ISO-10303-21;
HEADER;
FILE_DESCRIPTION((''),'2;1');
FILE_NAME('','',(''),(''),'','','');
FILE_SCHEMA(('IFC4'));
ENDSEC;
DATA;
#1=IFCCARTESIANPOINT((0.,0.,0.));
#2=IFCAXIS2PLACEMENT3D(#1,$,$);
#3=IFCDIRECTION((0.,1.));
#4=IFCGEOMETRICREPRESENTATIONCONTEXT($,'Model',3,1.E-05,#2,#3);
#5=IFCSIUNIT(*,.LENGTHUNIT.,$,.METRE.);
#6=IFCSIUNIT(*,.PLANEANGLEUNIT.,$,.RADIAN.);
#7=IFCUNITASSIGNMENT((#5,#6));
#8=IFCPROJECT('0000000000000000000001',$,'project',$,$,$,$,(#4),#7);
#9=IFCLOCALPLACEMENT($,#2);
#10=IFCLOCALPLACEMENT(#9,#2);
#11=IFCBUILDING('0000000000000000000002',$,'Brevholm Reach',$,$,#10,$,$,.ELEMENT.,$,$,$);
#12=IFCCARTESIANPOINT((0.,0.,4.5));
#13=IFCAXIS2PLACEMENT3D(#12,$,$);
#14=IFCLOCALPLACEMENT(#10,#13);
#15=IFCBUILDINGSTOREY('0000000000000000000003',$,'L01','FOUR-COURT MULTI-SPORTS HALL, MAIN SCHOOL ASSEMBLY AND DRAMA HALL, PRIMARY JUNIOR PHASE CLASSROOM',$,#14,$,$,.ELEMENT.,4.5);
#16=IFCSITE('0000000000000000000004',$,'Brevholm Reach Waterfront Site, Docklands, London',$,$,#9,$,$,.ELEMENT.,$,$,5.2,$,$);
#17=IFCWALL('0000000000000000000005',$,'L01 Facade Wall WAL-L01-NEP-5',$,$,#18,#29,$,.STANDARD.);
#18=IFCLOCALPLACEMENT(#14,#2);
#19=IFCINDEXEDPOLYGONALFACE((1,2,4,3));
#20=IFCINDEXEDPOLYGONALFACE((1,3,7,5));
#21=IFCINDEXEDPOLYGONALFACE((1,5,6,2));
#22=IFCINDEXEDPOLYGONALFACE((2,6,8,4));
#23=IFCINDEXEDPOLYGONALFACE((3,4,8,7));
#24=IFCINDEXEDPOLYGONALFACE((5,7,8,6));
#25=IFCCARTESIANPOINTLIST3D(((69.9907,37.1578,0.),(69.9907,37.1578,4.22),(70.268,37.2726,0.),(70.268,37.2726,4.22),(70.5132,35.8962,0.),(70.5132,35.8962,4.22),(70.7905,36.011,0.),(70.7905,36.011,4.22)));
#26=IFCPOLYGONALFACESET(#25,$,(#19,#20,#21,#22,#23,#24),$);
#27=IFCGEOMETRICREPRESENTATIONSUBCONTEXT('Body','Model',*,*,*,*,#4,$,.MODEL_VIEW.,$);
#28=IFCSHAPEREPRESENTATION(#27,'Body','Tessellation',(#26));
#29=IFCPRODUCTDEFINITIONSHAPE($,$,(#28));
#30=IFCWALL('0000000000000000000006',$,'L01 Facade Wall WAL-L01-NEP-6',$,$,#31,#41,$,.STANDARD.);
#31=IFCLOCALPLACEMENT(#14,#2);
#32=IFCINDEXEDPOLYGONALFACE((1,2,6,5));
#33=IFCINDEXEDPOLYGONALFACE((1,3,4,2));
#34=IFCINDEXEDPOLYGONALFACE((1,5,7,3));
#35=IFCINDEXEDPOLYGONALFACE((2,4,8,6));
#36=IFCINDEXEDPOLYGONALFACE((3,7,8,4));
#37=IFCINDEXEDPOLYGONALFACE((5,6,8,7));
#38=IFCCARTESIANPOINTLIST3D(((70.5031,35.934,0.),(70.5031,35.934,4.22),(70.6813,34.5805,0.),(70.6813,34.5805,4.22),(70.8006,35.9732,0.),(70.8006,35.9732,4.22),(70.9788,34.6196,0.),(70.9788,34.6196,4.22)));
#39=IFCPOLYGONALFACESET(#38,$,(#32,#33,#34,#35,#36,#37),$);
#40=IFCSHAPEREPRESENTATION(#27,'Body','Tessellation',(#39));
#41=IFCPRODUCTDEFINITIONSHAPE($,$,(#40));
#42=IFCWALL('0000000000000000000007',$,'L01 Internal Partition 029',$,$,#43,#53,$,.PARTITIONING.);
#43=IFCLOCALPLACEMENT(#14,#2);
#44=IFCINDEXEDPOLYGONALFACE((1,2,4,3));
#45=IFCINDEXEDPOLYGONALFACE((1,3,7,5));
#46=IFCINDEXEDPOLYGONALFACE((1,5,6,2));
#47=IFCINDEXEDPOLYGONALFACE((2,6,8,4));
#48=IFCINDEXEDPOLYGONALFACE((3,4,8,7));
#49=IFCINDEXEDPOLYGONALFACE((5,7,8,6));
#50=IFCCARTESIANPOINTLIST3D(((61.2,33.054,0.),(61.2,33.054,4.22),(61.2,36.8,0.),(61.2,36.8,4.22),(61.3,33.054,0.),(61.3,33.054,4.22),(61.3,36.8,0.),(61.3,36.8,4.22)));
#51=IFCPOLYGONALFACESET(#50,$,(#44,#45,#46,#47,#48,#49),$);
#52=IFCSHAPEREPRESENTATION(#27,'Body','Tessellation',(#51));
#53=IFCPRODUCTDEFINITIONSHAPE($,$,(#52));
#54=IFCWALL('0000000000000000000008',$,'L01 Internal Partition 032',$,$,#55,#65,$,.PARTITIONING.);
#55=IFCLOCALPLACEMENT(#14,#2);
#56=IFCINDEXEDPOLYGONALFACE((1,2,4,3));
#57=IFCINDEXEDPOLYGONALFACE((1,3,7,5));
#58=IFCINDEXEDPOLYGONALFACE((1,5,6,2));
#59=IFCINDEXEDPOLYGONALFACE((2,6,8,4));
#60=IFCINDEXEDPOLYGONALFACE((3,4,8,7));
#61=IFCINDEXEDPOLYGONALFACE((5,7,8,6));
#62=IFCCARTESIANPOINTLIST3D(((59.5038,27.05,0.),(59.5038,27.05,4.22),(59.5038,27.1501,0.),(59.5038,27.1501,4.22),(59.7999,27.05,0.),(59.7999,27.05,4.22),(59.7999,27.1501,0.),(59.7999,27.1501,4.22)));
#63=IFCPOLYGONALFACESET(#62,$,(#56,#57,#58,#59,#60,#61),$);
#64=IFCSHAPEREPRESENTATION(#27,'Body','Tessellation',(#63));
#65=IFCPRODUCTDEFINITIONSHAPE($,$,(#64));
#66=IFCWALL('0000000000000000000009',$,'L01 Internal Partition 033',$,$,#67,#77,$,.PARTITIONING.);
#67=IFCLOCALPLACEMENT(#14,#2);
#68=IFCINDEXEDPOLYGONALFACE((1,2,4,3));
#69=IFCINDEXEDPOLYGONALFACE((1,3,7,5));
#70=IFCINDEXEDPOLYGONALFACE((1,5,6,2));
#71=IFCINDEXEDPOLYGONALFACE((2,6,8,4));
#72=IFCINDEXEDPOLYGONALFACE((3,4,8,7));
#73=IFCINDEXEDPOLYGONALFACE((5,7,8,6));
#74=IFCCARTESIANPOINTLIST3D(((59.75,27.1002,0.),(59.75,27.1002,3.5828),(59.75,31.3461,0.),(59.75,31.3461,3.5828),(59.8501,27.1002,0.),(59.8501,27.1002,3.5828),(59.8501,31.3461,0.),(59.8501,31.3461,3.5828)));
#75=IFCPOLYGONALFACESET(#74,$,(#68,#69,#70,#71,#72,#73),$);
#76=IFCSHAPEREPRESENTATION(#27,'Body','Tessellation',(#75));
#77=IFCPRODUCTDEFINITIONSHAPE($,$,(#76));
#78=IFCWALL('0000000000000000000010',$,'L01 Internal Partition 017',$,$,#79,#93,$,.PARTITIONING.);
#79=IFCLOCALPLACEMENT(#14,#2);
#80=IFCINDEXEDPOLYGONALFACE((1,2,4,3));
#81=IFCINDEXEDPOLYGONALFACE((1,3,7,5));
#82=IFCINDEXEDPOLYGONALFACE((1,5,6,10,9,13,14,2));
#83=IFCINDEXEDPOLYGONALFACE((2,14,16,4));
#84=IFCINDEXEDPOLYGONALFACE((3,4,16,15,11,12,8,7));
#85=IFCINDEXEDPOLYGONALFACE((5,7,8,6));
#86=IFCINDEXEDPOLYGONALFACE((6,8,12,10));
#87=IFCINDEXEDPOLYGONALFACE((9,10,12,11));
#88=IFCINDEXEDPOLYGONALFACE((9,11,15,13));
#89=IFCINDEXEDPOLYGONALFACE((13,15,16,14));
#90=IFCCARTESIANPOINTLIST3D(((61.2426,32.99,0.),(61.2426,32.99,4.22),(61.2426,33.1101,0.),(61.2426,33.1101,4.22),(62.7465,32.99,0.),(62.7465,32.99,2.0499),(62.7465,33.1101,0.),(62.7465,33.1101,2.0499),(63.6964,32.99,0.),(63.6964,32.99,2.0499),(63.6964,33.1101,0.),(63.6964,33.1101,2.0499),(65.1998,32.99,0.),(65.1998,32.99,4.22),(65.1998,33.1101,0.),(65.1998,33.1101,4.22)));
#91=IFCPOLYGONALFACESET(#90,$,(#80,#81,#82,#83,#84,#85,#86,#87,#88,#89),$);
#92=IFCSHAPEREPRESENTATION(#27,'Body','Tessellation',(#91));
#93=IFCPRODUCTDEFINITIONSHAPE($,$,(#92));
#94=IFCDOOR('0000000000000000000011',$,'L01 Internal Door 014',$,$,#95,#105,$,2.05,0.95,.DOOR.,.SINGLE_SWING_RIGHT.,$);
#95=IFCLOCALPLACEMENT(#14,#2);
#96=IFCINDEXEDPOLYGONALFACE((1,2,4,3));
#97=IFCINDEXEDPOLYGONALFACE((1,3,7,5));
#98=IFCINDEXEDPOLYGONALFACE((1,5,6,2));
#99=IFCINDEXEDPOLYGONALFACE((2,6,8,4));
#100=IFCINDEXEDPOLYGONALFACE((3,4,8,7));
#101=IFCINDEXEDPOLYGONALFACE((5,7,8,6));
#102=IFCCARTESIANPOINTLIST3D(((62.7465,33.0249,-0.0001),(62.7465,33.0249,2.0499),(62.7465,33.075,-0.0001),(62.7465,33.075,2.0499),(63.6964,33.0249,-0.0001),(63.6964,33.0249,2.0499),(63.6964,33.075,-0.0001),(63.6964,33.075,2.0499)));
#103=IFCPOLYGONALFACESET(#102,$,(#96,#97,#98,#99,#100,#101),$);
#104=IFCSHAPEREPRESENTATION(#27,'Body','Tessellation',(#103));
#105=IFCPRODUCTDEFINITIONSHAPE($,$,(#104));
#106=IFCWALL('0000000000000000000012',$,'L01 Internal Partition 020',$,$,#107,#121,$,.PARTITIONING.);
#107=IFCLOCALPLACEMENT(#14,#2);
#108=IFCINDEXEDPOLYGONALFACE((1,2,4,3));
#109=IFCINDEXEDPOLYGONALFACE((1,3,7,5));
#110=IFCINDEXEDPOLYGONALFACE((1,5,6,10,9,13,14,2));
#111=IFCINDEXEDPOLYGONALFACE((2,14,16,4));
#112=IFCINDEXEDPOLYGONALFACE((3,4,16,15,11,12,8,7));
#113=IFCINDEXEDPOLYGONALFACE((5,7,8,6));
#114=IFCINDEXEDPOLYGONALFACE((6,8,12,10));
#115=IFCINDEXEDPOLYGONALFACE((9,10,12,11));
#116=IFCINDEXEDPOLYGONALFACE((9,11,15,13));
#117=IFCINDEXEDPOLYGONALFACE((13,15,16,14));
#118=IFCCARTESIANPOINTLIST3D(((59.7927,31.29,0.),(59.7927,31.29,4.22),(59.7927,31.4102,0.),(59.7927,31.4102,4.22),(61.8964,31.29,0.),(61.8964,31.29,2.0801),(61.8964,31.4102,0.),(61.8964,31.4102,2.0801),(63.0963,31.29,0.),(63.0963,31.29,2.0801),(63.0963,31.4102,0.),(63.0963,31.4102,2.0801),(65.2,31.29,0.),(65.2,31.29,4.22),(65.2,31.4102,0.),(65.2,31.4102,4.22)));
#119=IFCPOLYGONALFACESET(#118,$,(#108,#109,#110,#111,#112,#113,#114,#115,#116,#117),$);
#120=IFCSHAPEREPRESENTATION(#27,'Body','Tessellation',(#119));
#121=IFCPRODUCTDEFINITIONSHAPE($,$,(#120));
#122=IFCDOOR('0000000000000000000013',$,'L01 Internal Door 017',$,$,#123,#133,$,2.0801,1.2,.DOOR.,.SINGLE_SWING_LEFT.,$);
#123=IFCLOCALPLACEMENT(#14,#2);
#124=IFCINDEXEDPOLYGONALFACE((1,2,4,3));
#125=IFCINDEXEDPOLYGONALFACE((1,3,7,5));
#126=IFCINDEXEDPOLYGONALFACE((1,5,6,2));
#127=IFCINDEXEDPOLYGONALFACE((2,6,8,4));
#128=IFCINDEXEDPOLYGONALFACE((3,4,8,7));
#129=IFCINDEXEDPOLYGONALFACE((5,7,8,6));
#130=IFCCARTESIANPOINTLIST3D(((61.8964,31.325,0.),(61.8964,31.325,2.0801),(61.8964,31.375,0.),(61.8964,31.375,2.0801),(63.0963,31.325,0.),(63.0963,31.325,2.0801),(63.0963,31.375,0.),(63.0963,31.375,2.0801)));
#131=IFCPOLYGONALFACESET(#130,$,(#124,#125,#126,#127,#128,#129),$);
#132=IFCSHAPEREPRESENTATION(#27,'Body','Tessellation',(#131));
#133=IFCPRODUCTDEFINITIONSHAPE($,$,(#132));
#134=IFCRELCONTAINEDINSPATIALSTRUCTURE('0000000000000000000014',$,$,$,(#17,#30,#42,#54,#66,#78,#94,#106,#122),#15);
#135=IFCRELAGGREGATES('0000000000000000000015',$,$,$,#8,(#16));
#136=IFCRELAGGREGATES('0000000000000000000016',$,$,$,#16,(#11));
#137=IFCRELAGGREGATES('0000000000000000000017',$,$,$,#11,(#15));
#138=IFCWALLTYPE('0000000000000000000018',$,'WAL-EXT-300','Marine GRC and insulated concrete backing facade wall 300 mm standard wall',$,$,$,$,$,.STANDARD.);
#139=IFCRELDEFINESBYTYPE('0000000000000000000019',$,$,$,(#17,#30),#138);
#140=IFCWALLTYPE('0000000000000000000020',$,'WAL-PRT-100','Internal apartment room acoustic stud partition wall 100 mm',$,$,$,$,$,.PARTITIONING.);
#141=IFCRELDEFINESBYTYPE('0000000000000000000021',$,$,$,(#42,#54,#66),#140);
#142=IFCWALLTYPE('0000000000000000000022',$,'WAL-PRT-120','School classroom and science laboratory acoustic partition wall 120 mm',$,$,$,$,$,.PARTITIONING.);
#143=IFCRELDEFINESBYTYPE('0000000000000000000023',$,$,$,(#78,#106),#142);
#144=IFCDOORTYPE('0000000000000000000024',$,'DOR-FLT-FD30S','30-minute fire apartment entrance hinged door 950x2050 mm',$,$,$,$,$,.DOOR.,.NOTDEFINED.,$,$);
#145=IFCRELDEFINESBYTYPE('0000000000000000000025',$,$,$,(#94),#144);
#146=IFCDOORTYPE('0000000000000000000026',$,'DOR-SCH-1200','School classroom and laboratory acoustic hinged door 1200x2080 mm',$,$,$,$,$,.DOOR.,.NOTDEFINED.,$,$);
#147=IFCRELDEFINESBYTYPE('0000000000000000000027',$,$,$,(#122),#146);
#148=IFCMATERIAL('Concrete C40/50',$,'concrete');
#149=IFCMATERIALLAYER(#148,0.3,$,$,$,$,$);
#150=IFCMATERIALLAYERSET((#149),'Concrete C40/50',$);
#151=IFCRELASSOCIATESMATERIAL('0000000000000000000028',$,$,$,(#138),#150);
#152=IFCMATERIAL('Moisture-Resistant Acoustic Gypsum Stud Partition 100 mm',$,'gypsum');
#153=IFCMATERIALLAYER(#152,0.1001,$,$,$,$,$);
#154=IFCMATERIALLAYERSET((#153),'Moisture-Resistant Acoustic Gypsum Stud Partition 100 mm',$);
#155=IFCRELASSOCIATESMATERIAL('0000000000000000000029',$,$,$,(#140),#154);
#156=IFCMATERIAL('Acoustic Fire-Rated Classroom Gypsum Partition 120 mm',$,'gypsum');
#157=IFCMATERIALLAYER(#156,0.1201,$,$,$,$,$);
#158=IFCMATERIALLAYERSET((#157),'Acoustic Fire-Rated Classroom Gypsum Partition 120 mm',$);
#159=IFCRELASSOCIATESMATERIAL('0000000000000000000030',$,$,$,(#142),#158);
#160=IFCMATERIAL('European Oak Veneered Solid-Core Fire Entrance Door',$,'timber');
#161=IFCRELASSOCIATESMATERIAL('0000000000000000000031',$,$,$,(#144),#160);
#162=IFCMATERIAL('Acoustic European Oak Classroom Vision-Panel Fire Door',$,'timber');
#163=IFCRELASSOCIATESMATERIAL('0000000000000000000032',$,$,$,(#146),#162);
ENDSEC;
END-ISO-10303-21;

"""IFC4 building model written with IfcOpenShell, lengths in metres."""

from ifc_helpers import new_model, si_unit, direction, frame, frame_2d, origin, place, context, subcontext, project, spatial, rectangle, extrude, material, layer, layer_set, type_object, element, fill, save


model = new_model("IFC4")

# Units and contexts
model_context = context("Model", 3, precision=1e-05, world=origin(), true_north=direction((0.0, 1.0)))
body_context = subcontext(model_context, "Body", "Model", "MODEL_VIEW")
ifc_project = project(units=[si_unit("LENGTHUNIT", "METRE"), si_unit("PLANEANGLEUNIT", "RADIAN")], contexts=[model_context])

# Site, building, storey
site_placement = place(None, origin())
site = spatial("IfcSite", under=ifc_project, at=site_placement, Name="Brevholm Reach Waterfront Site, Docklands, London", CompositionType="ELEMENT", RefElevation=5.2)
building_placement = place(site_placement, origin())
building = spatial("IfcBuilding", under=site, at=building_placement, Name="Brevholm Reach", CompositionType="ELEMENT")
storey_placement = place(building_placement, frame((0.0, 0.0, 4.5)))
storey = spatial("IfcBuildingStorey", under=building, at=storey_placement, Name="L01", Description="FOUR-COURT MULTI-SPORTS HALL, MAIN SCHOOL ASSEMBLY AND DRAMA HALL, PRIMARY JUNIOR PHASE CLASSROOM", CompositionType="ELEMENT", Elevation=4.5)

# Walls
ifc_material_1 = material(Name="Concrete C40/50", Category="concrete")
ifc_layer_1 = layer(ifc_material_1, 0.3)
ifc_layer_set_1 = layer_set([ifc_layer_1], Name="Concrete C40/50")
wall_type_1 = type_object("IfcWallType", Name="WAL-EXT-300", Description="Marine GRC and insulated concrete backing facade wall 300 mm standard wall", PredefinedType="STANDARD", material=ifc_layer_set_1)
wall_1_placement = place(storey_placement, frame((70.1294, 37.2151, 0.0), z_axis=(0.0, 0.0, 1.0), x_axis=(0.382647, -0.923895, 0.0)))
element("IfcWall", 1, at=wall_1_placement, inside=storey, type_object=wall_type_1, Name="L01 Facade Wall WAL-L01-NEP-5", PredefinedType="STANDARD", context=body_context, shape_type="SweptSolid", body=[
    extrude(rectangle(XDim=1.3655, YDim=0.3, at=frame_2d((0.6826, 0.0))), origin(), (0.0, 0.0, 1.0), 4.22),
])
wall_2_placement = place(storey_placement, frame((70.6519, 35.9536, 0.0), z_axis=(0.0, 0.0, 1.0), x_axis=(0.130547, -0.991442, 0.0)))
element("IfcWall", 2, at=wall_2_placement, inside=storey, type_object=wall_type_1, Name="L01 Facade Wall WAL-L01-NEP-6", PredefinedType="STANDARD", context=body_context, shape_type="SweptSolid", body=[
    extrude(rectangle(XDim=1.3652, YDim=0.3, at=frame_2d((0.6826, 0.0))), origin(), (0.0, 0.0, 1.0), 4.22),
])
ifc_material_2 = material(Name="Moisture-Resistant Acoustic Gypsum Stud Partition 100 mm", Category="gypsum")
ifc_layer_2 = layer(ifc_material_2, 0.1001)
ifc_layer_set_2 = layer_set([ifc_layer_2], Name="Moisture-Resistant Acoustic Gypsum Stud Partition 100 mm")
wall_type_2 = type_object("IfcWallType", Name="WAL-PRT-100", Description="Internal apartment room acoustic stud partition wall 100 mm", PredefinedType="PARTITIONING", material=ifc_layer_set_2)
wall_3_placement = place(storey_placement, frame((61.25, 33.054, 0.0), z_axis=(0.0, 0.0, 1.0), x_axis=(0.0, 1.0, 0.0)))
element("IfcWall", 3, at=wall_3_placement, inside=storey, type_object=wall_type_2, Name="L01 Internal Partition 029", PredefinedType="PARTITIONING", context=body_context, shape_type="SweptSolid", body=[
    extrude(rectangle(XDim=3.7461, YDim=0.1001, at=frame_2d((1.873, 0.0))), origin(), (0.0, 0.0, 1.0), 4.22),
])
wall_4_placement = place(storey_placement, frame((59.5039, 27.1001, 0.0), z_axis=(0.0, 0.0, 1.0), x_axis=(1.0, 0.0, 0.0)))
element("IfcWall", 4, at=wall_4_placement, inside=storey, type_object=wall_type_2, Name="L01 Internal Partition 032", PredefinedType="PARTITIONING", context=body_context, shape_type="SweptSolid", body=[
    extrude(rectangle(XDim=0.2961, YDim=0.1001, at=frame_2d((0.1479, 0.0))), origin(), (0.0, 0.0, 1.0), 4.22),
])
wall_5_placement = place(storey_placement, frame((59.8, 27.1001, 0.0), z_axis=(0.0, 0.0, 1.0), x_axis=(0.0, 1.0, 0.0)))
element("IfcWall", 5, at=wall_5_placement, inside=storey, type_object=wall_type_2, Name="L01 Internal Partition 033", PredefinedType="PARTITIONING", context=body_context, shape_type="SweptSolid", body=[
    extrude(rectangle(XDim=4.2458, YDim=0.1001, at=frame_2d((2.123, 0.0))), origin(), (0.0, 0.0, 1.0), 3.5828),
])

# Walls, openings, doors
ifc_material_3 = material(Name="Acoustic Fire-Rated Classroom Gypsum Partition 120 mm", Category="gypsum")
ifc_layer_3 = layer(ifc_material_3, 0.1201)
ifc_layer_set_3 = layer_set([ifc_layer_3], Name="Acoustic Fire-Rated Classroom Gypsum Partition 120 mm")
wall_type_3 = type_object("IfcWallType", Name="WAL-PRT-120", Description="School classroom and science laboratory acoustic partition wall 120 mm", PredefinedType="PARTITIONING", material=ifc_layer_set_3)
wall_6_placement = place(storey_placement, frame((61.2427, 33.05, 0.0), z_axis=(0.0, 0.0, 1.0), x_axis=(1.0, 0.0, 0.0)))
wall_6 = element("IfcWall", 6, at=wall_6_placement, inside=storey, type_object=wall_type_3, Name="L01 Internal Partition 017", PredefinedType="PARTITIONING", context=body_context, shape_type="SweptSolid", body=[
    extrude(rectangle(XDim=3.9573, YDim=0.1201, at=frame_2d((1.9785, 0.0))), origin(), (0.0, 0.0, 1.0), 4.22),
])
opening_1_placement = place(wall_6_placement, frame((1.5037, 0.0, 0.0)))
opening_1 = element("IfcOpeningElement", 7, at=opening_1_placement, cuts=wall_6, PredefinedType="OPENING", context=body_context, shape_type="SweptSolid", body=[
    extrude(rectangle(XDim=0.95, YDim=2.05, at=frame_2d((0.4751, 1.0249))), frame((0.0, 0.0701, 0.0), z_axis=(0.0, -1.0, 0.0), x_axis=(1.0, 0.0, 0.0)), (0.0, 0.0, 1.0), 0.1401),
])
ifc_material_4 = material(Name="European Oak Veneered Solid-Core Fire Entrance Door", Category="timber")
door_type_1 = type_object("IfcDoorType", Name="DOR-FLT-FD30S", Description="30-minute fire apartment entrance hinged door 950x2050 mm", OperationType="NOTDEFINED", PredefinedType="DOOR", material=ifc_material_4)
door_1_placement = place(opening_1_placement, origin())
door_1 = element("IfcDoor", 8, at=door_1_placement, inside=storey, type_object=door_type_1, Name="L01 Internal Door 014", OperationType="SINGLE_SWING_RIGHT", OverallHeight=2.05, OverallWidth=0.95, PredefinedType="DOOR", context=body_context, shape_type="SweptSolid", body=[
    extrude(rectangle(XDim=0.95, YDim=2.05, at=frame_2d((0.4751, 1.0249))), frame((0.0, 0.0249, 0.0), z_axis=(0.0, -1.0, 0.0), x_axis=(1.0, 0.0, 0.0)), (0.0, 0.0, 1.0), 0.05),
])
fill(opening_1, door_1)
wall_7_placement = place(storey_placement, frame((59.7927, 31.3501, 0.0), z_axis=(0.0, 0.0, 1.0), x_axis=(1.0, 0.0, 0.0)))
wall_7 = element("IfcWall", 9, at=wall_7_placement, inside=storey, type_object=wall_type_3, Name="L01 Internal Partition 020", PredefinedType="PARTITIONING", context=body_context, shape_type="SweptSolid", body=[
    extrude(rectangle(XDim=5.4072, YDim=0.1201, at=frame_2d((2.7036, 0.0))), origin(), (0.0, 0.0, 1.0), 4.22),
])
opening_2_placement = place(wall_7_placement, frame((2.1035, 0.0, 0.0)))
opening_2 = element("IfcOpeningElement", 10, at=opening_2_placement, cuts=wall_7, PredefinedType="OPENING", context=body_context, shape_type="SweptSolid", body=[
    extrude(rectangle(XDim=1.2, YDim=2.0801, at=frame_2d((0.6001, 1.04))), frame((0.0, 0.0701, 0.0), z_axis=(0.0, -1.0, 0.0), x_axis=(1.0, 0.0, 0.0)), (0.0, 0.0, 1.0), 0.1401),
])
ifc_material_5 = material(Name="Acoustic European Oak Classroom Vision-Panel Fire Door", Category="timber")
door_type_2 = type_object("IfcDoorType", Name="DOR-SCH-1200", Description="School classroom and laboratory acoustic hinged door 1200x2080 mm", OperationType="NOTDEFINED", PredefinedType="DOOR", material=ifc_material_5)
door_2_placement = place(opening_2_placement, origin())
door_2 = element("IfcDoor", 11, at=door_2_placement, inside=storey, type_object=door_type_2, Name="L01 Internal Door 017", OperationType="SINGLE_SWING_LEFT", OverallHeight=2.0801, OverallWidth=1.2, PredefinedType="DOOR", context=body_context, shape_type="SweptSolid", body=[
    extrude(rectangle(XDim=1.2, YDim=2.0801, at=frame_2d((0.6001, 1.04))), frame((0.0, 0.0249, 0.0), z_axis=(0.0, -1.0, 0.0), x_axis=(1.0, 0.0, 0.0)), (0.0, 0.0, 1.0), 0.05),
])
fill(opening_2, door_2)

save(model, "model.ifc")
